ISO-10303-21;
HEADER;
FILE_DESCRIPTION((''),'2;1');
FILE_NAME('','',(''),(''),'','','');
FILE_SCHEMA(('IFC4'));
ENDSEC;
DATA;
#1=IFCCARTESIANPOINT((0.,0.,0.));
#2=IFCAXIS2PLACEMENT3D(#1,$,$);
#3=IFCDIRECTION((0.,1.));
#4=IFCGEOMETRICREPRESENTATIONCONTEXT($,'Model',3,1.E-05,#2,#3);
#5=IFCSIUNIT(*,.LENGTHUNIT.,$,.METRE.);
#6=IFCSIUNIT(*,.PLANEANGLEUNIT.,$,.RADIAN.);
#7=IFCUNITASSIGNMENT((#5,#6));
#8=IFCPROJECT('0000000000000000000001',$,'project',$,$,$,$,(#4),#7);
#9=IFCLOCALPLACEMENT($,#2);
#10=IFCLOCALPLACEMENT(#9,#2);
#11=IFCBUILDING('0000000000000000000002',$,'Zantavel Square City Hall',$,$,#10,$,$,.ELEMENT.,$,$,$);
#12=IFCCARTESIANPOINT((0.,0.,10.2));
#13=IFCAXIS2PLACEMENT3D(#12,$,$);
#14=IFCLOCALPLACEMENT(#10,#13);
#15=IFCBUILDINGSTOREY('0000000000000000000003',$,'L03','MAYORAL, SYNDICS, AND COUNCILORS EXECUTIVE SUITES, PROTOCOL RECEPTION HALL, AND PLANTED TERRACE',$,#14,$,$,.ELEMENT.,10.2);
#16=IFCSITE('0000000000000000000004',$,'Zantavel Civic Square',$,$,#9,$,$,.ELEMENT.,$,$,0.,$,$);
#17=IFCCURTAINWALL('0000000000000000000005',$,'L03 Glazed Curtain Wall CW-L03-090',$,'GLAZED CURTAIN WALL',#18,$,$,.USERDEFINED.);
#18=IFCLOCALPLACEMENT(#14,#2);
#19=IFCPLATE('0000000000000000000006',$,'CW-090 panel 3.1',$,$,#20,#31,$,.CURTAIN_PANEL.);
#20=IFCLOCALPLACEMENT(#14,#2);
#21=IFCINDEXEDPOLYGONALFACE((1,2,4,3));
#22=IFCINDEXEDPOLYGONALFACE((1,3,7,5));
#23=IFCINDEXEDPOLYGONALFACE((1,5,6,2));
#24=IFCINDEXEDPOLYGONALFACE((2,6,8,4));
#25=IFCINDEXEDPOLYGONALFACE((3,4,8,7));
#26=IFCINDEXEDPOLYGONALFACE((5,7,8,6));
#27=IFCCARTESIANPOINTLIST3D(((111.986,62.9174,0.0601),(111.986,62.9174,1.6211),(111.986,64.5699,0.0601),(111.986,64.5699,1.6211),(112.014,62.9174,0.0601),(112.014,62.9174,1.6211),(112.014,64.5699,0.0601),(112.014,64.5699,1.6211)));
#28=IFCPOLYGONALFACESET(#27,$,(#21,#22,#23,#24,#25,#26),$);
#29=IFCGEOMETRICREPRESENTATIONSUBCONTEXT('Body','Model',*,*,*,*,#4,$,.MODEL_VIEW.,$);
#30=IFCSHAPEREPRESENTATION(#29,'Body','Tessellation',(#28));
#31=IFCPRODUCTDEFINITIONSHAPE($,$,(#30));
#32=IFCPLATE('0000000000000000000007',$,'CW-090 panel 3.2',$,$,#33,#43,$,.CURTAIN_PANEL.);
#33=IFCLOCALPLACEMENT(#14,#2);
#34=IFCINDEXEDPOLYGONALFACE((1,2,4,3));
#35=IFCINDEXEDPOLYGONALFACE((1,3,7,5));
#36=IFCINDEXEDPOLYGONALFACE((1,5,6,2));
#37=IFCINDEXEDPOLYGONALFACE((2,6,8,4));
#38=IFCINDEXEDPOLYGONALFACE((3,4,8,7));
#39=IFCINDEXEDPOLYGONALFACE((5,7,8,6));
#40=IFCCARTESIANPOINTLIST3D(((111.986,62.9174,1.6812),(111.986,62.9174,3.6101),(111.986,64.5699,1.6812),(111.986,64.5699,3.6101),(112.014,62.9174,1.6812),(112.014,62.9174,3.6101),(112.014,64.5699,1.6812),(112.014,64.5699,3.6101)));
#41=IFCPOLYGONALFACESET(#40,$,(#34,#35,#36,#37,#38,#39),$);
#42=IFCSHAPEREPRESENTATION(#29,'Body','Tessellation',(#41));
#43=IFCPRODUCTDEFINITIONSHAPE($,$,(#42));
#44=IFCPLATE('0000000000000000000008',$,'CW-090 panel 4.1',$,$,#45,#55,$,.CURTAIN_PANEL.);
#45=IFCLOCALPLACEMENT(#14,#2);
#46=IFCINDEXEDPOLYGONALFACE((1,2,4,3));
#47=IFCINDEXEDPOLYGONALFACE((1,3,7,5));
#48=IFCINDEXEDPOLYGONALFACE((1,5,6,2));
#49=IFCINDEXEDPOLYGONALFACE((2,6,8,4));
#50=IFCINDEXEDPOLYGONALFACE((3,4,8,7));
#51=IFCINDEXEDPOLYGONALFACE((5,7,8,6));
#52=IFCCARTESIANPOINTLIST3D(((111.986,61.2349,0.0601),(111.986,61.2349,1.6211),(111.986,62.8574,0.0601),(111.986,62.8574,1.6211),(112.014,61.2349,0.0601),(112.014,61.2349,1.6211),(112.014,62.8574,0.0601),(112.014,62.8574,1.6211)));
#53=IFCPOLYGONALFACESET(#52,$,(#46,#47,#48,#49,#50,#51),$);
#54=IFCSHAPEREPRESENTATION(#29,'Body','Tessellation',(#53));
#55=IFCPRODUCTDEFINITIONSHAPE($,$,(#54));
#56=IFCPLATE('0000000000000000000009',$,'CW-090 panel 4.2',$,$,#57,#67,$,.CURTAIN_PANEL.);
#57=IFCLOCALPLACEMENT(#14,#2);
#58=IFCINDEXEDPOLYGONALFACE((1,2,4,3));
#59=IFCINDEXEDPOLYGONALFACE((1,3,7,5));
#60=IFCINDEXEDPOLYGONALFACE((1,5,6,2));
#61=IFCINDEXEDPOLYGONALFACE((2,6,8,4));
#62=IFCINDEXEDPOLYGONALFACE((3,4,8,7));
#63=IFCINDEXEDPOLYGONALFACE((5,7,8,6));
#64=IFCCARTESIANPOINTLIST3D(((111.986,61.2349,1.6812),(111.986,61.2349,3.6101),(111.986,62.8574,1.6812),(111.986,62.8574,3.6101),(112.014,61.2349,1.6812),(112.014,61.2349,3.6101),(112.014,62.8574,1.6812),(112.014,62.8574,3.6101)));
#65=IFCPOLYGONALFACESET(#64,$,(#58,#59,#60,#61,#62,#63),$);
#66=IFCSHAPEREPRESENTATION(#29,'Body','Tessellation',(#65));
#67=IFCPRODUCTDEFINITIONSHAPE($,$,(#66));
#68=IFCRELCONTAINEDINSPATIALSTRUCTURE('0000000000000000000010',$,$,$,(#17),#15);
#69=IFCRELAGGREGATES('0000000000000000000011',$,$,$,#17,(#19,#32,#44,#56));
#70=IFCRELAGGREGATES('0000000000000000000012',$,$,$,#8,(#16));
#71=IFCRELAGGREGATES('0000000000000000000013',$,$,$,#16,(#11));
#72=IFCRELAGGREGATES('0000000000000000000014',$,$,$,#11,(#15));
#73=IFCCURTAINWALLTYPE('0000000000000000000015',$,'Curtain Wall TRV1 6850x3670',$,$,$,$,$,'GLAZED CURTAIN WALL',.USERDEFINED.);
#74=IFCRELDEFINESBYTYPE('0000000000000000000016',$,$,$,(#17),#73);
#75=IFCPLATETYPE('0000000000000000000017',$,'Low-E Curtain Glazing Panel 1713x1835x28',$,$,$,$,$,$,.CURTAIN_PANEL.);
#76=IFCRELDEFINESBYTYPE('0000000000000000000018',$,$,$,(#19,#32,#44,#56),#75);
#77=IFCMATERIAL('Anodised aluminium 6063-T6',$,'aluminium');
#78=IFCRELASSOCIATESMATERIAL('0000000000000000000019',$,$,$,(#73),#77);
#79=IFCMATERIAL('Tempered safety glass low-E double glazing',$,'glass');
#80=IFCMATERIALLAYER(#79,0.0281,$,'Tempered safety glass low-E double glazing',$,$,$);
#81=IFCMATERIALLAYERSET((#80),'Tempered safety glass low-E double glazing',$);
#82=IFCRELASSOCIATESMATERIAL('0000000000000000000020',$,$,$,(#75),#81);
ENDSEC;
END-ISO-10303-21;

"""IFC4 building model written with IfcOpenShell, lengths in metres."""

from ifc_helpers import new_model, si_unit, direction, frame, origin, origin_2d, place, context, subcontext, project, spatial, rectangle, extrude, material, layer, layer_set, type_object, element, aggregate, save


model = new_model("IFC4")

# Units and contexts
model_context = context("Model", 3, precision=1e-05, world=origin(), true_north=direction((0.0, 1.0)))
body_context = subcontext(model_context, "Body", "Model", "MODEL_VIEW")
ifc_project = project(units=[si_unit("LENGTHUNIT", "METRE"), si_unit("PLANEANGLEUNIT", "RADIAN")], contexts=[model_context])

# Site, building, storey
site_placement = place(None, origin())
site = spatial("IfcSite", under=ifc_project, at=site_placement, Name="Zantavel Civic Square", CompositionType="ELEMENT", RefElevation=0.0)
building_placement = place(site_placement, origin())
building = spatial("IfcBuilding", under=site, at=building_placement, Name="Zantavel Square City Hall", CompositionType="ELEMENT")
storey_placement = place(building_placement, frame((0.0, 0.0, 10.2)))
storey = spatial("IfcBuildingStorey", under=building, at=storey_placement, Name="L03", Description="MAYORAL, SYNDICS, AND COUNCILORS EXECUTIVE SUITES, PROTOCOL RECEPTION HALL, AND PLANTED TERRACE", CompositionType="ELEMENT", Elevation=10.2)

# Shared definitions
ifc_material_1 = material(Name="Anodised aluminium 6063-T6", Category="aluminium")

# Curtain wall
curtain_wall_type_1 = type_object("IfcCurtainWallType", Name="Curtain Wall TRV1 6850x3670", ElementType="GLAZED CURTAIN WALL", PredefinedType="USERDEFINED", material=ifc_material_1)
curtain_wall_1_placement = place(storey_placement, origin())
curtain_wall_1 = element("IfcCurtainWall", 1, at=curtain_wall_1_placement, inside=storey, type_object=curtain_wall_type_1, Name="L03 Glazed Curtain Wall CW-L03-090", ObjectType="GLAZED CURTAIN WALL", PredefinedType="USERDEFINED")

# Plates
ifc_material_2 = material(Name="Tempered safety glass low-E double glazing", Category="glass")
ifc_layer_1 = layer(ifc_material_2, 0.0281, Name="Tempered safety glass low-E double glazing")
ifc_layer_set_1 = layer_set([ifc_layer_1], Name="Tempered safety glass low-E double glazing")
plate_type_1 = type_object("IfcPlateType", Name="Low-E Curtain Glazing Panel 1713x1835x28", PredefinedType="CURTAIN_PANEL", material=ifc_layer_set_1)
plate_1_placement = place(storey_placement, frame((112.0, 63.7437, 0.0601), z_axis=(0.0, 0.0, 1.0), x_axis=(0.0, -1.0, 0.0)))
plate_1 = element("IfcPlate", 2, at=plate_1_placement, type_object=plate_type_1, Name="CW-090 panel 3.1", PredefinedType="CURTAIN_PANEL", context=body_context, shape_type="SweptSolid", body=[
    extrude(rectangle(XDim=1.6526, YDim=0.0281, at=origin_2d()), origin(), (0.0, 0.0, 1.0), 1.561),
])
plate_2_placement = place(storey_placement, frame((112.0, 63.7437, 1.6812), z_axis=(0.0, 0.0, 1.0), x_axis=(0.0, -1.0, 0.0)))
plate_2 = element("IfcPlate", 3, at=plate_2_placement, type_object=plate_type_1, Name="CW-090 panel 3.2", PredefinedType="CURTAIN_PANEL", context=body_context, shape_type="SweptSolid", body=[
    extrude(rectangle(XDim=1.6526, YDim=0.0281, at=origin_2d()), origin(), (0.0, 0.0, 1.0), 1.929),
])
plate_3_placement = place(storey_placement, frame((112.0, 62.0461, 0.0601), z_axis=(0.0, 0.0, 1.0), x_axis=(0.0, -1.0, 0.0)))
plate_3 = element("IfcPlate", 4, at=plate_3_placement, type_object=plate_type_1, Name="CW-090 panel 4.1", PredefinedType="CURTAIN_PANEL", context=body_context, shape_type="SweptSolid", body=[
    extrude(rectangle(XDim=1.6226, YDim=0.0281, at=origin_2d()), origin(), (0.0, 0.0, 1.0), 1.561),
])
plate_4_placement = place(storey_placement, frame((112.0, 62.0461, 1.6812), z_axis=(0.0, 0.0, 1.0), x_axis=(0.0, -1.0, 0.0)))
plate_4 = element("IfcPlate", 5, at=plate_4_placement, type_object=plate_type_1, Name="CW-090 panel 4.2", PredefinedType="CURTAIN_PANEL", context=body_context, shape_type="SweptSolid", body=[
    extrude(rectangle(XDim=1.6226, YDim=0.0281, at=origin_2d()), origin(), (0.0, 0.0, 1.0), 1.929),
])
aggregate(curtain_wall_1, [plate_1, plate_2, plate_3, plate_4])

save(model, "model.ifc")
